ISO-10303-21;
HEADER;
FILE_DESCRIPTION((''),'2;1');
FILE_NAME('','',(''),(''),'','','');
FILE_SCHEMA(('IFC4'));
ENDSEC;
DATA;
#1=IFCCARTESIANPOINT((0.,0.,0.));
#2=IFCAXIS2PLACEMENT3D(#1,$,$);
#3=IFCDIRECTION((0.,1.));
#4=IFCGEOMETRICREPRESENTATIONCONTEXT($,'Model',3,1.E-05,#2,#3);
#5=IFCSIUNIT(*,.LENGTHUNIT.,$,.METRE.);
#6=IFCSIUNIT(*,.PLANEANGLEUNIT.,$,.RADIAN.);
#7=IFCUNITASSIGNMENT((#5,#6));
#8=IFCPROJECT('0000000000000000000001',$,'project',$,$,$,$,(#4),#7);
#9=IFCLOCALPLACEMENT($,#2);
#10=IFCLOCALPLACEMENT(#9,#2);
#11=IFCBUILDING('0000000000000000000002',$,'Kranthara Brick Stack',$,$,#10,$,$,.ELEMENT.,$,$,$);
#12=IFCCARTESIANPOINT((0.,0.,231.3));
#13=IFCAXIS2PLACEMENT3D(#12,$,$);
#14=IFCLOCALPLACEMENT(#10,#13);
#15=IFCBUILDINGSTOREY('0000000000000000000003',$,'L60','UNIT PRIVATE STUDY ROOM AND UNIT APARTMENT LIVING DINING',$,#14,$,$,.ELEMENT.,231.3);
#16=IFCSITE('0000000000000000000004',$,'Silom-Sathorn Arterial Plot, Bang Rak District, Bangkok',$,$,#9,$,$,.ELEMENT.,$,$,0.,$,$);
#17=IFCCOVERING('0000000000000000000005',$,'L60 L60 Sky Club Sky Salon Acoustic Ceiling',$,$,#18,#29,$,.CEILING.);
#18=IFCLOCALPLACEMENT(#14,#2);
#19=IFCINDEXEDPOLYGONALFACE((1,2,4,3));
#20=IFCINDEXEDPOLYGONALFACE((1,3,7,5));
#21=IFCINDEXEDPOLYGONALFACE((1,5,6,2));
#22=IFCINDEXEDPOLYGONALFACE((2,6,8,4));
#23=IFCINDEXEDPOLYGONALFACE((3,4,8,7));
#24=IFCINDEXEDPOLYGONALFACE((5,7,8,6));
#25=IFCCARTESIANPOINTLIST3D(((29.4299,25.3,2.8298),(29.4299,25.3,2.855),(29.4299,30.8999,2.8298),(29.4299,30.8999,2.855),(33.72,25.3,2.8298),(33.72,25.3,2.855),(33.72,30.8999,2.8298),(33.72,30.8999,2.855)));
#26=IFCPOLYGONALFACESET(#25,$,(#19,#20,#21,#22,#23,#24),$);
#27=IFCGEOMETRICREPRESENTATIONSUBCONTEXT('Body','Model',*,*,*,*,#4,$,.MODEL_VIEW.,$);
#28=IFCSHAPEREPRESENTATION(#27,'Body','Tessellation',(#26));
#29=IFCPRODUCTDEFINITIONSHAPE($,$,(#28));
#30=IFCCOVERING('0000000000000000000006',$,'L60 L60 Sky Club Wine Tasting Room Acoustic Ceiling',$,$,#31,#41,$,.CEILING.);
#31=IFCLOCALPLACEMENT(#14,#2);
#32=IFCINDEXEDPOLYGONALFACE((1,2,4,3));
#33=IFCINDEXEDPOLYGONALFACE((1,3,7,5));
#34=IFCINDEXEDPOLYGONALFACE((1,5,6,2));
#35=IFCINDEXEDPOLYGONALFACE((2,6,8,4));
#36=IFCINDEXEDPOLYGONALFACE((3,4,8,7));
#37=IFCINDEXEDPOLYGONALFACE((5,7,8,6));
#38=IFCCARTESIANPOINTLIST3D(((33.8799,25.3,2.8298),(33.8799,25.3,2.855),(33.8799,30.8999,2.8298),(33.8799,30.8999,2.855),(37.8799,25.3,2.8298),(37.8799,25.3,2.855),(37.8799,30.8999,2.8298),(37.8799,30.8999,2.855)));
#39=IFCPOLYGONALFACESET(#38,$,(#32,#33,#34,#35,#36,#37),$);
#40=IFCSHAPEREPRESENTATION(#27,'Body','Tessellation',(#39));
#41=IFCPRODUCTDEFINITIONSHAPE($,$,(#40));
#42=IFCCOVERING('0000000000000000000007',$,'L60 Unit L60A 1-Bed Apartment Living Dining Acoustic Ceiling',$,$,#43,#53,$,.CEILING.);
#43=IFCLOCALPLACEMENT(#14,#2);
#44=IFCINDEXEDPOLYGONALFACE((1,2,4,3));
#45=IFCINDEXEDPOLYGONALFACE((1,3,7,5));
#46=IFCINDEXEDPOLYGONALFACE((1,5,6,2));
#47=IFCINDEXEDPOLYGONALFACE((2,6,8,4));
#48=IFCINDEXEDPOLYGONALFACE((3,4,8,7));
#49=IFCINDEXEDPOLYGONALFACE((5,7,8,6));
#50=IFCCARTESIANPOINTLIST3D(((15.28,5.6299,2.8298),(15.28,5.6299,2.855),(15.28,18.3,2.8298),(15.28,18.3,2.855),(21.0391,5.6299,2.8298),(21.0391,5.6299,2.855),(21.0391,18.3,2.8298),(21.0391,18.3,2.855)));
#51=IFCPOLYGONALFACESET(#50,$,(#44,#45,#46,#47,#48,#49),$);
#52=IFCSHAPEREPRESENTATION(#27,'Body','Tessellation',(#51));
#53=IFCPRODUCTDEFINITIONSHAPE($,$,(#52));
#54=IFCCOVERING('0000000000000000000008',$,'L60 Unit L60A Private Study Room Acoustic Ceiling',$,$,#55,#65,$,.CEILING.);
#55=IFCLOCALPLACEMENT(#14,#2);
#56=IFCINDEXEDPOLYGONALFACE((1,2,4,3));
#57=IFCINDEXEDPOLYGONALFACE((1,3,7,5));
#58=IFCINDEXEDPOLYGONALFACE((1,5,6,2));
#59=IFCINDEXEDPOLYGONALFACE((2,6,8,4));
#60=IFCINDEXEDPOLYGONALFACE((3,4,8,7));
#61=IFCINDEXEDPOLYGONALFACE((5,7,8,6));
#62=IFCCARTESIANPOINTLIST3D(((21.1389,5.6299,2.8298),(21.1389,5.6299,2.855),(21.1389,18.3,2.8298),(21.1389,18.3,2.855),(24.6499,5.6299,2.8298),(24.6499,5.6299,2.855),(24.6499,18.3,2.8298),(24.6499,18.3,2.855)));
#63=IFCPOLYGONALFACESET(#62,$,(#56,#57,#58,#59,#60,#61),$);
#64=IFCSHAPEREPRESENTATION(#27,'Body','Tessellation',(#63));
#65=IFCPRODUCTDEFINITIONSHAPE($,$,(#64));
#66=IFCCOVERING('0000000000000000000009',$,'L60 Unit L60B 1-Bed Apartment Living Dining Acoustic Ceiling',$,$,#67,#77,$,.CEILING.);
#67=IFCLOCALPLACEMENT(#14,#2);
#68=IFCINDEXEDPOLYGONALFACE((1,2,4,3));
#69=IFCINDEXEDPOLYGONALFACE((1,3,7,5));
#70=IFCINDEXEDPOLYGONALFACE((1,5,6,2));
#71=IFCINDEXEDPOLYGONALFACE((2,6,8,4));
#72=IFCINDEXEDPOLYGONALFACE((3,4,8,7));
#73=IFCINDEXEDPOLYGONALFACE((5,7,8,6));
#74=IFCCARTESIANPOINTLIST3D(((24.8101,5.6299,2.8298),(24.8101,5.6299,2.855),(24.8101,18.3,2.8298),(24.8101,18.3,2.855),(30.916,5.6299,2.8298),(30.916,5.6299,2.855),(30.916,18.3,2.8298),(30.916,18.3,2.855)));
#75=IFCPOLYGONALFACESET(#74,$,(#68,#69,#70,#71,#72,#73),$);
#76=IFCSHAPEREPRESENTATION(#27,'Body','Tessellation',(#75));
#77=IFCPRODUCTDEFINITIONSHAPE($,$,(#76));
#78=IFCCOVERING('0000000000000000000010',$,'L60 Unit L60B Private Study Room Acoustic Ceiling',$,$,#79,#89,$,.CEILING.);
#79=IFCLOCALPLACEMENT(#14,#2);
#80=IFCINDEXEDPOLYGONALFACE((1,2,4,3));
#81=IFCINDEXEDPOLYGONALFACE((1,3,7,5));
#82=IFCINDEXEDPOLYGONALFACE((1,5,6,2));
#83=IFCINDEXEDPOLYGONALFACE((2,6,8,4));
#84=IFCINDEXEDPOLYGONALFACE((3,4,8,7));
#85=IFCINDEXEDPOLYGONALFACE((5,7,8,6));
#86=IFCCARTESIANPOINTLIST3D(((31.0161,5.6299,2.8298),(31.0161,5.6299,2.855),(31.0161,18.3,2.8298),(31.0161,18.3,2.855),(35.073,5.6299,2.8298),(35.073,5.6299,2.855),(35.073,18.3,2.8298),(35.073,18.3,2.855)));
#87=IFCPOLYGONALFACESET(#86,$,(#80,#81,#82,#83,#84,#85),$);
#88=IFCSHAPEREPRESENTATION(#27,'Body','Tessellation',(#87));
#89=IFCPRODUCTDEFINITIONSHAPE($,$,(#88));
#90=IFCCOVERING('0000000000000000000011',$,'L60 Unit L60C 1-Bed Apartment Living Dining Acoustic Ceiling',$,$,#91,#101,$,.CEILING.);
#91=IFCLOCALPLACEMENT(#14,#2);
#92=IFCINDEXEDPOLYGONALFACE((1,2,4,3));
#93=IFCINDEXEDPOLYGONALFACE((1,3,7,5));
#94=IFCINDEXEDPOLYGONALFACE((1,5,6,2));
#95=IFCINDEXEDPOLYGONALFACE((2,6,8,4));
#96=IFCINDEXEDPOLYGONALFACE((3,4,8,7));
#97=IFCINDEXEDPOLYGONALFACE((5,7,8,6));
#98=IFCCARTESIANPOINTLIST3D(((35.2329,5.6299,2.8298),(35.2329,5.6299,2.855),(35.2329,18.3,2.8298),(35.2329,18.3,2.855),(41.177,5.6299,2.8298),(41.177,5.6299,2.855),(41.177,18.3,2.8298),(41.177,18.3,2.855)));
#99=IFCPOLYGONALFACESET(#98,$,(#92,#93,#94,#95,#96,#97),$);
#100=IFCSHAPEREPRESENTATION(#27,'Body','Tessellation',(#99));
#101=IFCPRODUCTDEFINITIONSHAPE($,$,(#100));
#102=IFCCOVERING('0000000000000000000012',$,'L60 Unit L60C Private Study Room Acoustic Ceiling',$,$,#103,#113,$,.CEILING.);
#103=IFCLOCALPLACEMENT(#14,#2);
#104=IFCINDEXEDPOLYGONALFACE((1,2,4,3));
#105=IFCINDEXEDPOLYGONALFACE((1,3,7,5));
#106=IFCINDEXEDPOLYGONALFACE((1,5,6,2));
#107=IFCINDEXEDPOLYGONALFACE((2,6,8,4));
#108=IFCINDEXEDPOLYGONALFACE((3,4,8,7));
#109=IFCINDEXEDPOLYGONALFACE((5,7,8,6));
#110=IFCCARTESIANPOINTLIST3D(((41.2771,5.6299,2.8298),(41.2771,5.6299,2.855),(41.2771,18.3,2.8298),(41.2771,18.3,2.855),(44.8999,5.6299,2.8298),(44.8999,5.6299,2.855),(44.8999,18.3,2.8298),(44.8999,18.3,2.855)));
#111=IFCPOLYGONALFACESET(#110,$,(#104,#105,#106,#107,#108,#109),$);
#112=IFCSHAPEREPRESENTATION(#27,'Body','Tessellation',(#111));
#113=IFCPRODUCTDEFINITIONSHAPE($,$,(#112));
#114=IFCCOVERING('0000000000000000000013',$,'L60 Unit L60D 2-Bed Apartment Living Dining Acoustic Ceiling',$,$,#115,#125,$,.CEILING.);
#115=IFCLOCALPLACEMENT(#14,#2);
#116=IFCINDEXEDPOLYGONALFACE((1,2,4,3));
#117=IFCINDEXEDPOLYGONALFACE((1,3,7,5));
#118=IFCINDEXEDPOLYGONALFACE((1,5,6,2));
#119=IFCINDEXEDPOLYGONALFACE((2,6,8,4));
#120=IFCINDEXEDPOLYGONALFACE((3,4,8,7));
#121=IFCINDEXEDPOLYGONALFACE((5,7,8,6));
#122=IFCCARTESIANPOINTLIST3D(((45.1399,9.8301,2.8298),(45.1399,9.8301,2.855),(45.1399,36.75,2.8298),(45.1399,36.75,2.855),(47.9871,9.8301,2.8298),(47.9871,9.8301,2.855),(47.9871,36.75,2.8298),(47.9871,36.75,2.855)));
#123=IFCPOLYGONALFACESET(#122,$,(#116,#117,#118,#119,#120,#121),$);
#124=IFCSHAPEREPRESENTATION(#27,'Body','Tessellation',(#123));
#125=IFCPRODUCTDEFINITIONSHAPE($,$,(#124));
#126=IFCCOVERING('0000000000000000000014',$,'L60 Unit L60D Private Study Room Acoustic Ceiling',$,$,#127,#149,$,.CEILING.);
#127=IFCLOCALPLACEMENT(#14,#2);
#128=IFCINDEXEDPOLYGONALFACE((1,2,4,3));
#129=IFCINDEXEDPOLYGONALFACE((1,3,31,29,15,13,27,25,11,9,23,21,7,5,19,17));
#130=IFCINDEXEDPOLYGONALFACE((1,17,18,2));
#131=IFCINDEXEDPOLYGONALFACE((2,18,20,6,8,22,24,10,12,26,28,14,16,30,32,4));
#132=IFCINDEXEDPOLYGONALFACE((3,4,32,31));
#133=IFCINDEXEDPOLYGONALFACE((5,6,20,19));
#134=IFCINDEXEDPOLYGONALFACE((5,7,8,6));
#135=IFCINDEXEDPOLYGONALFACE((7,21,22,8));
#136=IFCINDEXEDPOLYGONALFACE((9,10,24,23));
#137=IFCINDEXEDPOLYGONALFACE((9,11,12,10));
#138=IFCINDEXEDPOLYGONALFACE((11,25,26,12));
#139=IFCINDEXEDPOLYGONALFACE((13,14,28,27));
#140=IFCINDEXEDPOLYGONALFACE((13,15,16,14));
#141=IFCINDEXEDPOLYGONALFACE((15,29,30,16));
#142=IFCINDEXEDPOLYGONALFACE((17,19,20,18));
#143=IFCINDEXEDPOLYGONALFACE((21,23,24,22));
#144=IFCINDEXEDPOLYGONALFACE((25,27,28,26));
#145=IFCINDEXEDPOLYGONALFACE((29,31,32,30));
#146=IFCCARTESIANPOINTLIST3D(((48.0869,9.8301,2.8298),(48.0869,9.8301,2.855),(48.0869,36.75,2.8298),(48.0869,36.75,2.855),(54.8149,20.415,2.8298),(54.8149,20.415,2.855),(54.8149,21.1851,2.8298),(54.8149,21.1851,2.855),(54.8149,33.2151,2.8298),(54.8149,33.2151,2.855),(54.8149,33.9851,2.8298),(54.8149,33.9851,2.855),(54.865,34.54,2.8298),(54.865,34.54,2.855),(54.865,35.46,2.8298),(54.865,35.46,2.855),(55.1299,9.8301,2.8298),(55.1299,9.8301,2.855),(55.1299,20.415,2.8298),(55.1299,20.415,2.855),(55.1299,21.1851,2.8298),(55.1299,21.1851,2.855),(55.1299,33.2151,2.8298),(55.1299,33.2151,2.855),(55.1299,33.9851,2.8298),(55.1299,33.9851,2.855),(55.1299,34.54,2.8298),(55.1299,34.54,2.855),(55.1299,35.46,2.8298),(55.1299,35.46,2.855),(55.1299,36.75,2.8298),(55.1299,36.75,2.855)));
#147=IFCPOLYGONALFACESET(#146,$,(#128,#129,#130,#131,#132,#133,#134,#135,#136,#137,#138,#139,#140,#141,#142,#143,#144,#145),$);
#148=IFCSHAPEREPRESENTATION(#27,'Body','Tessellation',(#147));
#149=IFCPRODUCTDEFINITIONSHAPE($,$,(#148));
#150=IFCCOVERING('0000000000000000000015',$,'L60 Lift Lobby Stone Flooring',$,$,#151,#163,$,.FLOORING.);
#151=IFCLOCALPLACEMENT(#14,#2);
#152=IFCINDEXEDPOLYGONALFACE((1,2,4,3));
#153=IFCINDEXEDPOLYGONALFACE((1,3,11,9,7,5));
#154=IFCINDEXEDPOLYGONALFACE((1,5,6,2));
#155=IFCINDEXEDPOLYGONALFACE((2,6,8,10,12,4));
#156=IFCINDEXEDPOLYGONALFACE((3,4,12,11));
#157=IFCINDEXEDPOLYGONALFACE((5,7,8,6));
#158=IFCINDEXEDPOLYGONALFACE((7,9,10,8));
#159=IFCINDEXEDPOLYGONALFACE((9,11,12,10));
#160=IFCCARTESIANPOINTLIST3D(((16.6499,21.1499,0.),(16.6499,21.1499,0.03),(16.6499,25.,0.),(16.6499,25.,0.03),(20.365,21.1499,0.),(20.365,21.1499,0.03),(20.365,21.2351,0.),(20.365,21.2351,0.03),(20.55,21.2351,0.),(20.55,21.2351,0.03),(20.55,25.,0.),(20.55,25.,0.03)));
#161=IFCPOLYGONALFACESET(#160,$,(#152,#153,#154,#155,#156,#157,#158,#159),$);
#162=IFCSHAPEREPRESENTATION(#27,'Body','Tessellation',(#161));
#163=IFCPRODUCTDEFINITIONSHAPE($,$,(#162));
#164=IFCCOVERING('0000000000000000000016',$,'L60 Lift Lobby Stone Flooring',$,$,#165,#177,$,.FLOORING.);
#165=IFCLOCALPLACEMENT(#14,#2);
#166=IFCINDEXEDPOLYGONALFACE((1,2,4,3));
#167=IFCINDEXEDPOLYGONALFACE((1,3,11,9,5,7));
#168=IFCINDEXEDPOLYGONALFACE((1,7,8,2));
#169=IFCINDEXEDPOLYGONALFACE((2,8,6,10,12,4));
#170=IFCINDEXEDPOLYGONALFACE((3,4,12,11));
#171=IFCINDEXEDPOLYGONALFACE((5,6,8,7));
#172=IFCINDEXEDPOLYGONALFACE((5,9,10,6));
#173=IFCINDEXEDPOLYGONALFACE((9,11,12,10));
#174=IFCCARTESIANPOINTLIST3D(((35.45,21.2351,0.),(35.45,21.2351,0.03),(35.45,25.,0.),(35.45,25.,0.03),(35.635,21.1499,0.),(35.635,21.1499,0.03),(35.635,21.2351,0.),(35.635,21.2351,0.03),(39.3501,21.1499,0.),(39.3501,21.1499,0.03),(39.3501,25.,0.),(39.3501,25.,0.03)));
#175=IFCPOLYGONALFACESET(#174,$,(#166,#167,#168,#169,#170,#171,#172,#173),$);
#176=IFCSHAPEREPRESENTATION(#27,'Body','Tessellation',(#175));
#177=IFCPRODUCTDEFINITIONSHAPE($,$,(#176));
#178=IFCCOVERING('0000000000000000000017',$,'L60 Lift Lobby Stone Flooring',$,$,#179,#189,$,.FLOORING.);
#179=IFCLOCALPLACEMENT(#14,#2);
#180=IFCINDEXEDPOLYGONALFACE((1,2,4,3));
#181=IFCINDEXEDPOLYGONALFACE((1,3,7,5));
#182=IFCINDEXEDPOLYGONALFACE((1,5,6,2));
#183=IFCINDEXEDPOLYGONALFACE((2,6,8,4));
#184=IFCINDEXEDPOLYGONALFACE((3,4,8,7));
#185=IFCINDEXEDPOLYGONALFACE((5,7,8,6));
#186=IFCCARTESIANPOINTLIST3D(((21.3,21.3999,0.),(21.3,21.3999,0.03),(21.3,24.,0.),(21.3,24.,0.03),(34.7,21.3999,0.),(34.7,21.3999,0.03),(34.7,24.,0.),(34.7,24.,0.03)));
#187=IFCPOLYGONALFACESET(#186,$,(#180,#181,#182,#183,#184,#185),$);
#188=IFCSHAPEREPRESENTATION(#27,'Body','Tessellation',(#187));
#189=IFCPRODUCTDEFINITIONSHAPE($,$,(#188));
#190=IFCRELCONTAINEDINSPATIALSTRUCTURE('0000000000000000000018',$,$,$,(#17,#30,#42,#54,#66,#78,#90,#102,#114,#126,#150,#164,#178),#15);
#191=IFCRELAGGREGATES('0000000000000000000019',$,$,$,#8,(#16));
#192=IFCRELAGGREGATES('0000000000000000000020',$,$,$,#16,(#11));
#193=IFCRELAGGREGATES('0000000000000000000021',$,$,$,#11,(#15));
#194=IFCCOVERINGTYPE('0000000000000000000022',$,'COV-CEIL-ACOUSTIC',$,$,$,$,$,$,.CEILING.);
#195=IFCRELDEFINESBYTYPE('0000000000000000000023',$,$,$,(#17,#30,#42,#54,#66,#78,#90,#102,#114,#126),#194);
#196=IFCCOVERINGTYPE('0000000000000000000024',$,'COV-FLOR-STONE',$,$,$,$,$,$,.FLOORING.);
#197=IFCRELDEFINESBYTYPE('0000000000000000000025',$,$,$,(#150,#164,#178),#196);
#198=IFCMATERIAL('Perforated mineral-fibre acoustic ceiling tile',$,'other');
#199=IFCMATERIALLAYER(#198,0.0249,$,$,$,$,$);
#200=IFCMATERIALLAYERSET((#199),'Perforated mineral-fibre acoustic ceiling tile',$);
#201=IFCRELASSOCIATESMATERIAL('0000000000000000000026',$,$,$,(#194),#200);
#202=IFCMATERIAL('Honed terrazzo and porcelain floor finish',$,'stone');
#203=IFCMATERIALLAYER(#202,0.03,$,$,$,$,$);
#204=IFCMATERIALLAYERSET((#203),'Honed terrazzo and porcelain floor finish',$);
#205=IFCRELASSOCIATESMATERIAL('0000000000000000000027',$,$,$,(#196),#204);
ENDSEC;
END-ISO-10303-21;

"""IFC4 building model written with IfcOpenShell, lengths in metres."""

from ifc_helpers import new_model, si_unit, direction, frame, origin, place, context, subcontext, project, spatial, polyline, outline, extrude, material, layer, layer_set, type_object, element, save


model = new_model("IFC4")

# Units and contexts
model_context = context("Model", 3, precision=1e-05, world=origin(), true_north=direction((0.0, 1.0)))
body_context = subcontext(model_context, "Body", "Model", "MODEL_VIEW")
ifc_project = project(units=[si_unit("LENGTHUNIT", "METRE"), si_unit("PLANEANGLEUNIT", "RADIAN")], contexts=[model_context])

# Site, building, storey
site_placement = place(None, origin())
site = spatial("IfcSite", under=ifc_project, at=site_placement, Name="Silom-Sathorn Arterial Plot, Bang Rak District, Bangkok", CompositionType="ELEMENT", RefElevation=0.0)
building_placement = place(site_placement, origin())
building = spatial("IfcBuilding", under=site, at=building_placement, Name="Kranthara Brick Stack", CompositionType="ELEMENT")
storey_placement = place(building_placement, frame((0.0, 0.0, 231.3)))
storey = spatial("IfcBuildingStorey", under=building, at=storey_placement, Name="L60", Description="UNIT PRIVATE STUDY ROOM AND UNIT APARTMENT LIVING DINING", CompositionType="ELEMENT", Elevation=231.3)

# Coverings
ifc_material_1 = material(Name="Perforated mineral-fibre acoustic ceiling tile", Category="other")
ifc_layer_1 = layer(ifc_material_1, 0.0249)
ifc_layer_set_1 = layer_set([ifc_layer_1], Name="Perforated mineral-fibre acoustic ceiling tile")
covering_type_1 = type_object("IfcCoveringType", Name="COV-CEIL-ACOUSTIC", PredefinedType="CEILING", material=ifc_layer_set_1)
covering_1_placement = place(storey_placement, frame((0.0, 0.0, 2.8298)))
element("IfcCovering", 1, at=covering_1_placement, inside=storey, type_object=covering_type_1, Name="L60 L60 Sky Club Sky Salon Acoustic Ceiling", PredefinedType="CEILING", context=body_context, shape_type="SweptSolid", body=[
    extrude(outline(polyline([(33.72, 25.3), (33.72, 30.8999), (29.4299, 30.8999), (29.4299, 25.3), (33.72, 25.3)])), origin(), (0.0, 0.0, 1.0), 0.0251),
])
covering_2_placement = place(storey_placement, frame((0.0, 0.0, 2.8298)))
element("IfcCovering", 2, at=covering_2_placement, inside=storey, type_object=covering_type_1, Name="L60 L60 Sky Club Wine Tasting Room Acoustic Ceiling", PredefinedType="CEILING", context=body_context, shape_type="SweptSolid", body=[
    extrude(outline(polyline([(37.8799, 25.3), (37.8799, 30.8999), (33.8799, 30.8999), (33.8799, 25.3), (37.8799, 25.3)])), origin(), (0.0, 0.0, 1.0), 0.0251),
])
covering_3_placement = place(storey_placement, frame((0.0, 0.0, 2.8298)))
element("IfcCovering", 3, at=covering_3_placement, inside=storey, type_object=covering_type_1, Name="L60 Unit L60A 1-Bed Apartment Living Dining Acoustic Ceiling", PredefinedType="CEILING", context=body_context, shape_type="SweptSolid", body=[
    extrude(outline(polyline([(21.0391, 5.6299), (21.0391, 18.3), (15.28, 18.3), (15.28, 5.6299), (21.0391, 5.6299)])), origin(), (0.0, 0.0, 1.0), 0.0251),
])
covering_4_placement = place(storey_placement, frame((0.0, 0.0, 2.8298)))
element("IfcCovering", 4, at=covering_4_placement, inside=storey, type_object=covering_type_1, Name="L60 Unit L60A Private Study Room Acoustic Ceiling", PredefinedType="CEILING", context=body_context, shape_type="SweptSolid", body=[
    extrude(outline(polyline([(24.6499, 5.6299), (24.6499, 18.3), (21.1389, 18.3), (21.1389, 5.6299), (24.6499, 5.6299)])), origin(), (0.0, 0.0, 1.0), 0.0251),
])
covering_5_placement = place(storey_placement, frame((0.0, 0.0, 2.8298)))
element("IfcCovering", 5, at=covering_5_placement, inside=storey, type_object=covering_type_1, Name="L60 Unit L60B 1-Bed Apartment Living Dining Acoustic Ceiling", PredefinedType="CEILING", context=body_context, shape_type="SweptSolid", body=[
    extrude(outline(polyline([(30.916, 5.6299), (30.916, 18.3), (24.8101, 18.3), (24.8101, 5.6299), (30.916, 5.6299)])), origin(), (0.0, 0.0, 1.0), 0.0251),
])
covering_6_placement = place(storey_placement, frame((0.0, 0.0, 2.8298)))
element("IfcCovering", 6, at=covering_6_placement, inside=storey, type_object=covering_type_1, Name="L60 Unit L60B Private Study Room Acoustic Ceiling", PredefinedType="CEILING", context=body_context, shape_type="SweptSolid", body=[
    extrude(outline(polyline([(35.073, 5.6299), (35.073, 18.3), (31.0161, 18.3), (31.0161, 5.6299), (35.073, 5.6299)])), origin(), (0.0, 0.0, 1.0), 0.0251),
])
covering_7_placement = place(storey_placement, frame((0.0, 0.0, 2.8298)))
element("IfcCovering", 7, at=covering_7_placement, inside=storey, type_object=covering_type_1, Name="L60 Unit L60C 1-Bed Apartment Living Dining Acoustic Ceiling", PredefinedType="CEILING", context=body_context, shape_type="SweptSolid", body=[
    extrude(outline(polyline([(41.177, 5.6299), (41.177, 18.3), (35.2329, 18.3), (35.2329, 5.6299), (41.177, 5.6299)])), origin(), (0.0, 0.0, 1.0), 0.0251),
])
covering_8_placement = place(storey_placement, frame((0.0, 0.0, 2.8298)))
element("IfcCovering", 8, at=covering_8_placement, inside=storey, type_object=covering_type_1, Name="L60 Unit L60C Private Study Room Acoustic Ceiling", PredefinedType="CEILING", context=body_context, shape_type="SweptSolid", body=[
    extrude(outline(polyline([(44.8999, 5.6299), (44.8999, 18.3), (41.2771, 18.3), (41.2771, 5.6299), (44.8999, 5.6299)])), origin(), (0.0, 0.0, 1.0), 0.0251),
])
covering_9_placement = place(storey_placement, frame((0.0, 0.0, 2.8298)))
element("IfcCovering", 9, at=covering_9_placement, inside=storey, type_object=covering_type_1, Name="L60 Unit L60D 2-Bed Apartment Living Dining Acoustic Ceiling", PredefinedType="CEILING", context=body_context, shape_type="SweptSolid", body=[
    extrude(outline(polyline([(47.9871, 9.8301), (47.9871, 36.75), (45.1399, 36.75), (45.1399, 9.8301), (47.9871, 9.8301)])), origin(), (0.0, 0.0, 1.0), 0.0251),
])
covering_10_placement = place(storey_placement, frame((0.0, 0.0, 2.8298)))
element("IfcCovering", 10, at=covering_10_placement, inside=storey, type_object=covering_type_1, Name="L60 Unit L60D Private Study Room Acoustic Ceiling", PredefinedType="CEILING", context=body_context, shape_type="SweptSolid", body=[
    extrude(outline(polyline([(48.0869, 36.75), (55.1299, 36.75), (55.1299, 35.46), (54.865, 35.46), (54.865, 34.54), (55.1299, 34.54), (55.1299, 33.9851), (54.8149, 33.9851), (54.8149, 33.2151), (55.1299, 33.2151), (55.1299, 21.1851), (54.8149, 21.1851), (54.8149, 20.415), (55.1299, 20.415), (55.1299, 9.8301), (48.0869, 9.8301), (48.0869, 36.75)])), origin(), (0.0, 0.0, 1.0), 0.0251),
])
ifc_material_2 = material(Name="Honed terrazzo and porcelain floor finish", Category="stone")
ifc_layer_2 = layer(ifc_material_2, 0.03)
ifc_layer_set_2 = layer_set([ifc_layer_2], Name="Honed terrazzo and porcelain floor finish")
covering_type_2 = type_object("IfcCoveringType", Name="COV-FLOR-STONE", PredefinedType="FLOORING", material=ifc_layer_set_2)
covering_11_placement = place(storey_placement, origin())
element("IfcCovering", 11, at=covering_11_placement, inside=storey, type_object=covering_type_2, Name="L60 Lift Lobby Stone Flooring", PredefinedType="FLOORING", context=body_context, shape_type="SweptSolid", body=[
    extrude(outline(polyline([(16.6499, 21.1499), (16.6499, 25.0), (20.55, 25.0), (20.55, 21.2351), (20.365, 21.2351), (20.365, 21.1499), (16.6499, 21.1499)])), origin(), (0.0, 0.0, 1.0), 0.03),
])
covering_12_placement = place(storey_placement, origin())
element("IfcCovering", 12, at=covering_12_placement, inside=storey, type_object=covering_type_2, Name="L60 Lift Lobby Stone Flooring", PredefinedType="FLOORING", context=body_context, shape_type="SweptSolid", body=[
    extrude(outline(polyline([(35.45, 25.0), (39.3501, 25.0), (39.3501, 21.1499), (35.635, 21.1499), (35.635, 21.2351), (35.45, 21.2351), (35.45, 25.0)])), origin(), (0.0, 0.0, 1.0), 0.03),
])
covering_13_placement = place(storey_placement, origin())
element("IfcCovering", 13, at=covering_13_placement, inside=storey, type_object=covering_type_2, Name="L60 Lift Lobby Stone Flooring", PredefinedType="FLOORING", context=body_context, shape_type="SweptSolid", body=[
    extrude(outline(polyline([(34.7, 21.3999), (34.7, 24.0), (21.3, 24.0), (21.3, 21.3999), (34.7, 21.3999)])), origin(), (0.0, 0.0, 1.0), 0.03),
])

save(model, "model.ifc")
